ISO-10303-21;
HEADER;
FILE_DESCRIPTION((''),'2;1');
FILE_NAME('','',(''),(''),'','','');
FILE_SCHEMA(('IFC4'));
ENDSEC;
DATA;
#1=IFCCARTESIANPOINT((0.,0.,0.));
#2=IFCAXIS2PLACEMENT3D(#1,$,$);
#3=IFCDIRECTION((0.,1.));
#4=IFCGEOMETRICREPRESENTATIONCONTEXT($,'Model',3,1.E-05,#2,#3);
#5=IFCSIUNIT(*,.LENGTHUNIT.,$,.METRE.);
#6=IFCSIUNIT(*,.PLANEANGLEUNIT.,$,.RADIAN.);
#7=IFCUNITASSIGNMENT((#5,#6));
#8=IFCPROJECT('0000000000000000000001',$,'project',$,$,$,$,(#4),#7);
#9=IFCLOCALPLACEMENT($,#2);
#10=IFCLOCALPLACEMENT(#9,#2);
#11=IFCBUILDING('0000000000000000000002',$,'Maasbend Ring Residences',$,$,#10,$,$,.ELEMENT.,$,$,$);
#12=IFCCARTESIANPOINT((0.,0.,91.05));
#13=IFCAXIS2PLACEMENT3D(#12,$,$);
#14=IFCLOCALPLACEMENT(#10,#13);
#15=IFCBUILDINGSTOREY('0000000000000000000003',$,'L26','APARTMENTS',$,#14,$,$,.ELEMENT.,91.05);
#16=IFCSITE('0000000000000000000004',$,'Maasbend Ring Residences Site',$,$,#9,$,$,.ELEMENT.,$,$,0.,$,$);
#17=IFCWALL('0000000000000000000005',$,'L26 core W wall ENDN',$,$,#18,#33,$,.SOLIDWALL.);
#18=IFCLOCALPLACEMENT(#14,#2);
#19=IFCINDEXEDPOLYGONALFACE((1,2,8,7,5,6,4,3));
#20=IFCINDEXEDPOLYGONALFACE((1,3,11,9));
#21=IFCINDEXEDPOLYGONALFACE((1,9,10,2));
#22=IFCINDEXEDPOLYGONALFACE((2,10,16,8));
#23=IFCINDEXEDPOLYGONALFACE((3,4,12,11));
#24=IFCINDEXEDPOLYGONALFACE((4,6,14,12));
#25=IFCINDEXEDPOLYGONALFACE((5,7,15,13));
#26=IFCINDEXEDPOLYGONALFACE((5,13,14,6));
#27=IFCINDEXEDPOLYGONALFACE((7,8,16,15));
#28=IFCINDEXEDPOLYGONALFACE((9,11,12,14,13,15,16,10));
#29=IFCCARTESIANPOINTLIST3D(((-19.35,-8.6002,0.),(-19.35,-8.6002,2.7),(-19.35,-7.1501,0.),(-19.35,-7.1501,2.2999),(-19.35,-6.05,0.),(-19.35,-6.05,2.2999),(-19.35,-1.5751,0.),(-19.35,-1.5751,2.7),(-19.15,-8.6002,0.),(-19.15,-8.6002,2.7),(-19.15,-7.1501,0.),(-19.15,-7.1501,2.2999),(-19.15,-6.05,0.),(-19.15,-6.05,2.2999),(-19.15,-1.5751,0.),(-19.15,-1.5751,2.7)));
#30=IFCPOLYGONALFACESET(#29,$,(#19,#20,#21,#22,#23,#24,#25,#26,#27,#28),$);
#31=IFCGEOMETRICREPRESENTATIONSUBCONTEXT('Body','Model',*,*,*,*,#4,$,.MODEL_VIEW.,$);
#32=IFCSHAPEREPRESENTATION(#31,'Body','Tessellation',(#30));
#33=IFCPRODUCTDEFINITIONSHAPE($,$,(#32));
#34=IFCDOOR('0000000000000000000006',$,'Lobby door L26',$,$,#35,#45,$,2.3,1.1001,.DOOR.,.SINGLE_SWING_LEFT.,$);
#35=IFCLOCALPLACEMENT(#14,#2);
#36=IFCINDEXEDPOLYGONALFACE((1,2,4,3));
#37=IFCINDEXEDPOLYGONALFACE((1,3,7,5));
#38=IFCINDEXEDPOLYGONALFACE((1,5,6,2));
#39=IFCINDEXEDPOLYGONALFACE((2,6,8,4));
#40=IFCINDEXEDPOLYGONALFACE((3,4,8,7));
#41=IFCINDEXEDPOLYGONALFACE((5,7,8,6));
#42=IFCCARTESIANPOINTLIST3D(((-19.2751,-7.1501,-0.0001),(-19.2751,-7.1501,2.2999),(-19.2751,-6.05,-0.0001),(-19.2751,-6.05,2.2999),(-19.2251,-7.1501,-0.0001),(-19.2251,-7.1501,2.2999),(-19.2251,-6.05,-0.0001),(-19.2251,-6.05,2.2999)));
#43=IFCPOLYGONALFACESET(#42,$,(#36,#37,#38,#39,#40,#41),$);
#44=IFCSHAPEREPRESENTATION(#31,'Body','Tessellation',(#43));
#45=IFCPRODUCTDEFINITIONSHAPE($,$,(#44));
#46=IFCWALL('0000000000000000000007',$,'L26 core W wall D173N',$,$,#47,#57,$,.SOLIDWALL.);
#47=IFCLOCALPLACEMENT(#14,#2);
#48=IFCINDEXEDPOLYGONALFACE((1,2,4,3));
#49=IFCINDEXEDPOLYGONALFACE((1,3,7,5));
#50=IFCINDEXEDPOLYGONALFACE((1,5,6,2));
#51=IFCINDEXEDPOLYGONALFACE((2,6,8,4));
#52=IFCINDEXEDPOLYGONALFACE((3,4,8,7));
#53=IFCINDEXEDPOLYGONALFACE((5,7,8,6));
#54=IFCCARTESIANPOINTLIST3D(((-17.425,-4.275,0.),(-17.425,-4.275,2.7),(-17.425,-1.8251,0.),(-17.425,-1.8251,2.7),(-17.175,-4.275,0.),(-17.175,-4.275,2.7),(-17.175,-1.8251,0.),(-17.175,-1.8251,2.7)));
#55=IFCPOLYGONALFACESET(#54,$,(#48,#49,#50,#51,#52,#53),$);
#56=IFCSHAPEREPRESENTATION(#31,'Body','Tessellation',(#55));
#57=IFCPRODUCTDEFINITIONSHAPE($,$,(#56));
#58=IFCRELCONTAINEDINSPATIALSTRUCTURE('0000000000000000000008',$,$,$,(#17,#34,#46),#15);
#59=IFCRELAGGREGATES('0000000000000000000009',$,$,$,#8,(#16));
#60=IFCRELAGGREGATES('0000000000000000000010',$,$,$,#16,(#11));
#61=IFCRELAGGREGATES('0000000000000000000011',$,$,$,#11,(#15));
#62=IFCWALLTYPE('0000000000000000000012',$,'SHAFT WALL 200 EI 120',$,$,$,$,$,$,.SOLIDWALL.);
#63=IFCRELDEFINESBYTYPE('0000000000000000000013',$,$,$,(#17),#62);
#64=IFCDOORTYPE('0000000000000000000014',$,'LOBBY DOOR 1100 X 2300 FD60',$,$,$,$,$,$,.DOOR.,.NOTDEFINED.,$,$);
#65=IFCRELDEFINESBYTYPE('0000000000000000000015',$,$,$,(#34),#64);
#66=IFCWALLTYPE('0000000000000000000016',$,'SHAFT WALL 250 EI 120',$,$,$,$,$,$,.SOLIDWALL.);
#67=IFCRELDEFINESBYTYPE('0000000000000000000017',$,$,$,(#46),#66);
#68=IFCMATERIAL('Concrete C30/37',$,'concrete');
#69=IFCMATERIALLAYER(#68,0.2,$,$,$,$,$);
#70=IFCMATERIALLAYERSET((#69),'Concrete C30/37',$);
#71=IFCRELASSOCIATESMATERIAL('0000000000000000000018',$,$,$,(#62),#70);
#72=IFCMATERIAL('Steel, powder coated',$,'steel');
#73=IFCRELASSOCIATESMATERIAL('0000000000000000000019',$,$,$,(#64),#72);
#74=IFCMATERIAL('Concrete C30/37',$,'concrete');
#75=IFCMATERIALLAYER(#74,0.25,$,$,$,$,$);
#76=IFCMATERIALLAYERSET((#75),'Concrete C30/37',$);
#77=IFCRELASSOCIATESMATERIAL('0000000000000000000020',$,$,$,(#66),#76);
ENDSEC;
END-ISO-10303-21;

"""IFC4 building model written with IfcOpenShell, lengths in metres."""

from ifc_helpers import new_model, si_unit, direction, frame, frame_2d, origin, place, context, subcontext, project, spatial, rectangle, extrude, material, layer, layer_set, type_object, element, fill, save


model = new_model("IFC4")

# Units and contexts
model_context = context("Model", 3, precision=1e-05, world=origin(), true_north=direction((0.0, 1.0)))
body_context = subcontext(model_context, "Body", "Model", "MODEL_VIEW")
ifc_project = project(units=[si_unit("LENGTHUNIT", "METRE"), si_unit("PLANEANGLEUNIT", "RADIAN")], contexts=[model_context])

# Site, building, storey
site_placement = place(None, origin())
site = spatial("IfcSite", under=ifc_project, at=site_placement, Name="Maasbend Ring Residences Site", CompositionType="ELEMENT", RefElevation=0.0)
building_placement = place(site_placement, origin())
building = spatial("IfcBuilding", under=site, at=building_placement, Name="Maasbend Ring Residences", CompositionType="ELEMENT")
storey_placement = place(building_placement, frame((0.0, 0.0, 91.05)))
storey = spatial("IfcBuildingStorey", under=building, at=storey_placement, Name="L26", Description="APARTMENTS", CompositionType="ELEMENT", Elevation=91.05)

# Wall, opening, door
ifc_material_1 = material(Name="Concrete C30/37", Category="concrete")
ifc_layer_1 = layer(ifc_material_1, 0.2)
ifc_layer_set_1 = layer_set([ifc_layer_1], Name="Concrete C30/37")
wall_type_1 = type_object("IfcWallType", Name="SHAFT WALL 200 EI 120", PredefinedType="SOLIDWALL", material=ifc_layer_set_1)
wall_1_placement = place(storey_placement, frame((-19.25, -1.575, 0.0), z_axis=(0.0, 0.0, 1.0), x_axis=(0.0, -1.0, 0.0)))
wall_1 = element("IfcWall", 1, at=wall_1_placement, inside=storey, type_object=wall_type_1, Name="L26 core W wall ENDN", PredefinedType="SOLIDWALL", context=body_context, shape_type="SweptSolid", body=[
    extrude(rectangle(XDim=7.0251, YDim=0.2, at=frame_2d((3.5127, 0.0))), origin(), (0.0, 0.0, 1.0), 2.7),
])
opening_1_placement = place(wall_1_placement, frame((4.4751, 0.0, 0.0)))
opening_1 = element("IfcOpeningElement", 2, at=opening_1_placement, cuts=wall_1, PredefinedType="OPENING", context=body_context, shape_type="SweptSolid", body=[
    extrude(rectangle(XDim=1.1001, YDim=2.3, at=frame_2d((0.55, 1.1499))), frame((0.0, 0.1099, 0.0), z_axis=(0.0, -1.0, 0.0), x_axis=(1.0, 0.0, 0.0)), (0.0, 0.0, 1.0), 0.22),
])
ifc_material_2 = material(Name="Steel, powder coated", Category="steel")
door_type_1 = type_object("IfcDoorType", Name="LOBBY DOOR 1100 X 2300 FD60", OperationType="NOTDEFINED", PredefinedType="DOOR", material=ifc_material_2)
door_1_placement = place(opening_1_placement, origin())
door_1 = element("IfcDoor", 3, at=door_1_placement, inside=storey, type_object=door_type_1, Name="Lobby door L26", OperationType="SINGLE_SWING_LEFT", OverallHeight=2.3, OverallWidth=1.1001, PredefinedType="DOOR", context=body_context, shape_type="SweptSolid", body=[
    extrude(rectangle(XDim=1.1001, YDim=2.3, at=frame_2d((0.55, 1.1499))), frame((0.0, 0.0249, 0.0), z_axis=(0.0, -1.0, 0.0), x_axis=(1.0, 0.0, 0.0)), (0.0, 0.0, 1.0), 0.05),
])
fill(opening_1, door_1)

# Wall
ifc_material_3 = material(Name="Concrete C30/37", Category="concrete")
ifc_layer_2 = layer(ifc_material_3, 0.25)
ifc_layer_set_2 = layer_set([ifc_layer_2], Name="Concrete C30/37")
wall_type_2 = type_object("IfcWallType", Name="SHAFT WALL 250 EI 120", PredefinedType="SOLIDWALL", material=ifc_layer_set_2)
wall_2_placement = place(storey_placement, frame((-17.3, -1.825, 0.0), z_axis=(0.0, 0.0, 1.0), x_axis=(0.0, -1.0, 0.0)))
element("IfcWall", 4, at=wall_2_placement, inside=storey, type_object=wall_type_2, Name="L26 core W wall D173N", PredefinedType="SOLIDWALL", context=body_context, shape_type="SweptSolid", body=[
    extrude(rectangle(XDim=2.45, YDim=0.25, at=frame_2d((1.2251, 0.0))), origin(), (0.0, 0.0, 1.0), 2.7),
])

save(model, "model.ifc")
